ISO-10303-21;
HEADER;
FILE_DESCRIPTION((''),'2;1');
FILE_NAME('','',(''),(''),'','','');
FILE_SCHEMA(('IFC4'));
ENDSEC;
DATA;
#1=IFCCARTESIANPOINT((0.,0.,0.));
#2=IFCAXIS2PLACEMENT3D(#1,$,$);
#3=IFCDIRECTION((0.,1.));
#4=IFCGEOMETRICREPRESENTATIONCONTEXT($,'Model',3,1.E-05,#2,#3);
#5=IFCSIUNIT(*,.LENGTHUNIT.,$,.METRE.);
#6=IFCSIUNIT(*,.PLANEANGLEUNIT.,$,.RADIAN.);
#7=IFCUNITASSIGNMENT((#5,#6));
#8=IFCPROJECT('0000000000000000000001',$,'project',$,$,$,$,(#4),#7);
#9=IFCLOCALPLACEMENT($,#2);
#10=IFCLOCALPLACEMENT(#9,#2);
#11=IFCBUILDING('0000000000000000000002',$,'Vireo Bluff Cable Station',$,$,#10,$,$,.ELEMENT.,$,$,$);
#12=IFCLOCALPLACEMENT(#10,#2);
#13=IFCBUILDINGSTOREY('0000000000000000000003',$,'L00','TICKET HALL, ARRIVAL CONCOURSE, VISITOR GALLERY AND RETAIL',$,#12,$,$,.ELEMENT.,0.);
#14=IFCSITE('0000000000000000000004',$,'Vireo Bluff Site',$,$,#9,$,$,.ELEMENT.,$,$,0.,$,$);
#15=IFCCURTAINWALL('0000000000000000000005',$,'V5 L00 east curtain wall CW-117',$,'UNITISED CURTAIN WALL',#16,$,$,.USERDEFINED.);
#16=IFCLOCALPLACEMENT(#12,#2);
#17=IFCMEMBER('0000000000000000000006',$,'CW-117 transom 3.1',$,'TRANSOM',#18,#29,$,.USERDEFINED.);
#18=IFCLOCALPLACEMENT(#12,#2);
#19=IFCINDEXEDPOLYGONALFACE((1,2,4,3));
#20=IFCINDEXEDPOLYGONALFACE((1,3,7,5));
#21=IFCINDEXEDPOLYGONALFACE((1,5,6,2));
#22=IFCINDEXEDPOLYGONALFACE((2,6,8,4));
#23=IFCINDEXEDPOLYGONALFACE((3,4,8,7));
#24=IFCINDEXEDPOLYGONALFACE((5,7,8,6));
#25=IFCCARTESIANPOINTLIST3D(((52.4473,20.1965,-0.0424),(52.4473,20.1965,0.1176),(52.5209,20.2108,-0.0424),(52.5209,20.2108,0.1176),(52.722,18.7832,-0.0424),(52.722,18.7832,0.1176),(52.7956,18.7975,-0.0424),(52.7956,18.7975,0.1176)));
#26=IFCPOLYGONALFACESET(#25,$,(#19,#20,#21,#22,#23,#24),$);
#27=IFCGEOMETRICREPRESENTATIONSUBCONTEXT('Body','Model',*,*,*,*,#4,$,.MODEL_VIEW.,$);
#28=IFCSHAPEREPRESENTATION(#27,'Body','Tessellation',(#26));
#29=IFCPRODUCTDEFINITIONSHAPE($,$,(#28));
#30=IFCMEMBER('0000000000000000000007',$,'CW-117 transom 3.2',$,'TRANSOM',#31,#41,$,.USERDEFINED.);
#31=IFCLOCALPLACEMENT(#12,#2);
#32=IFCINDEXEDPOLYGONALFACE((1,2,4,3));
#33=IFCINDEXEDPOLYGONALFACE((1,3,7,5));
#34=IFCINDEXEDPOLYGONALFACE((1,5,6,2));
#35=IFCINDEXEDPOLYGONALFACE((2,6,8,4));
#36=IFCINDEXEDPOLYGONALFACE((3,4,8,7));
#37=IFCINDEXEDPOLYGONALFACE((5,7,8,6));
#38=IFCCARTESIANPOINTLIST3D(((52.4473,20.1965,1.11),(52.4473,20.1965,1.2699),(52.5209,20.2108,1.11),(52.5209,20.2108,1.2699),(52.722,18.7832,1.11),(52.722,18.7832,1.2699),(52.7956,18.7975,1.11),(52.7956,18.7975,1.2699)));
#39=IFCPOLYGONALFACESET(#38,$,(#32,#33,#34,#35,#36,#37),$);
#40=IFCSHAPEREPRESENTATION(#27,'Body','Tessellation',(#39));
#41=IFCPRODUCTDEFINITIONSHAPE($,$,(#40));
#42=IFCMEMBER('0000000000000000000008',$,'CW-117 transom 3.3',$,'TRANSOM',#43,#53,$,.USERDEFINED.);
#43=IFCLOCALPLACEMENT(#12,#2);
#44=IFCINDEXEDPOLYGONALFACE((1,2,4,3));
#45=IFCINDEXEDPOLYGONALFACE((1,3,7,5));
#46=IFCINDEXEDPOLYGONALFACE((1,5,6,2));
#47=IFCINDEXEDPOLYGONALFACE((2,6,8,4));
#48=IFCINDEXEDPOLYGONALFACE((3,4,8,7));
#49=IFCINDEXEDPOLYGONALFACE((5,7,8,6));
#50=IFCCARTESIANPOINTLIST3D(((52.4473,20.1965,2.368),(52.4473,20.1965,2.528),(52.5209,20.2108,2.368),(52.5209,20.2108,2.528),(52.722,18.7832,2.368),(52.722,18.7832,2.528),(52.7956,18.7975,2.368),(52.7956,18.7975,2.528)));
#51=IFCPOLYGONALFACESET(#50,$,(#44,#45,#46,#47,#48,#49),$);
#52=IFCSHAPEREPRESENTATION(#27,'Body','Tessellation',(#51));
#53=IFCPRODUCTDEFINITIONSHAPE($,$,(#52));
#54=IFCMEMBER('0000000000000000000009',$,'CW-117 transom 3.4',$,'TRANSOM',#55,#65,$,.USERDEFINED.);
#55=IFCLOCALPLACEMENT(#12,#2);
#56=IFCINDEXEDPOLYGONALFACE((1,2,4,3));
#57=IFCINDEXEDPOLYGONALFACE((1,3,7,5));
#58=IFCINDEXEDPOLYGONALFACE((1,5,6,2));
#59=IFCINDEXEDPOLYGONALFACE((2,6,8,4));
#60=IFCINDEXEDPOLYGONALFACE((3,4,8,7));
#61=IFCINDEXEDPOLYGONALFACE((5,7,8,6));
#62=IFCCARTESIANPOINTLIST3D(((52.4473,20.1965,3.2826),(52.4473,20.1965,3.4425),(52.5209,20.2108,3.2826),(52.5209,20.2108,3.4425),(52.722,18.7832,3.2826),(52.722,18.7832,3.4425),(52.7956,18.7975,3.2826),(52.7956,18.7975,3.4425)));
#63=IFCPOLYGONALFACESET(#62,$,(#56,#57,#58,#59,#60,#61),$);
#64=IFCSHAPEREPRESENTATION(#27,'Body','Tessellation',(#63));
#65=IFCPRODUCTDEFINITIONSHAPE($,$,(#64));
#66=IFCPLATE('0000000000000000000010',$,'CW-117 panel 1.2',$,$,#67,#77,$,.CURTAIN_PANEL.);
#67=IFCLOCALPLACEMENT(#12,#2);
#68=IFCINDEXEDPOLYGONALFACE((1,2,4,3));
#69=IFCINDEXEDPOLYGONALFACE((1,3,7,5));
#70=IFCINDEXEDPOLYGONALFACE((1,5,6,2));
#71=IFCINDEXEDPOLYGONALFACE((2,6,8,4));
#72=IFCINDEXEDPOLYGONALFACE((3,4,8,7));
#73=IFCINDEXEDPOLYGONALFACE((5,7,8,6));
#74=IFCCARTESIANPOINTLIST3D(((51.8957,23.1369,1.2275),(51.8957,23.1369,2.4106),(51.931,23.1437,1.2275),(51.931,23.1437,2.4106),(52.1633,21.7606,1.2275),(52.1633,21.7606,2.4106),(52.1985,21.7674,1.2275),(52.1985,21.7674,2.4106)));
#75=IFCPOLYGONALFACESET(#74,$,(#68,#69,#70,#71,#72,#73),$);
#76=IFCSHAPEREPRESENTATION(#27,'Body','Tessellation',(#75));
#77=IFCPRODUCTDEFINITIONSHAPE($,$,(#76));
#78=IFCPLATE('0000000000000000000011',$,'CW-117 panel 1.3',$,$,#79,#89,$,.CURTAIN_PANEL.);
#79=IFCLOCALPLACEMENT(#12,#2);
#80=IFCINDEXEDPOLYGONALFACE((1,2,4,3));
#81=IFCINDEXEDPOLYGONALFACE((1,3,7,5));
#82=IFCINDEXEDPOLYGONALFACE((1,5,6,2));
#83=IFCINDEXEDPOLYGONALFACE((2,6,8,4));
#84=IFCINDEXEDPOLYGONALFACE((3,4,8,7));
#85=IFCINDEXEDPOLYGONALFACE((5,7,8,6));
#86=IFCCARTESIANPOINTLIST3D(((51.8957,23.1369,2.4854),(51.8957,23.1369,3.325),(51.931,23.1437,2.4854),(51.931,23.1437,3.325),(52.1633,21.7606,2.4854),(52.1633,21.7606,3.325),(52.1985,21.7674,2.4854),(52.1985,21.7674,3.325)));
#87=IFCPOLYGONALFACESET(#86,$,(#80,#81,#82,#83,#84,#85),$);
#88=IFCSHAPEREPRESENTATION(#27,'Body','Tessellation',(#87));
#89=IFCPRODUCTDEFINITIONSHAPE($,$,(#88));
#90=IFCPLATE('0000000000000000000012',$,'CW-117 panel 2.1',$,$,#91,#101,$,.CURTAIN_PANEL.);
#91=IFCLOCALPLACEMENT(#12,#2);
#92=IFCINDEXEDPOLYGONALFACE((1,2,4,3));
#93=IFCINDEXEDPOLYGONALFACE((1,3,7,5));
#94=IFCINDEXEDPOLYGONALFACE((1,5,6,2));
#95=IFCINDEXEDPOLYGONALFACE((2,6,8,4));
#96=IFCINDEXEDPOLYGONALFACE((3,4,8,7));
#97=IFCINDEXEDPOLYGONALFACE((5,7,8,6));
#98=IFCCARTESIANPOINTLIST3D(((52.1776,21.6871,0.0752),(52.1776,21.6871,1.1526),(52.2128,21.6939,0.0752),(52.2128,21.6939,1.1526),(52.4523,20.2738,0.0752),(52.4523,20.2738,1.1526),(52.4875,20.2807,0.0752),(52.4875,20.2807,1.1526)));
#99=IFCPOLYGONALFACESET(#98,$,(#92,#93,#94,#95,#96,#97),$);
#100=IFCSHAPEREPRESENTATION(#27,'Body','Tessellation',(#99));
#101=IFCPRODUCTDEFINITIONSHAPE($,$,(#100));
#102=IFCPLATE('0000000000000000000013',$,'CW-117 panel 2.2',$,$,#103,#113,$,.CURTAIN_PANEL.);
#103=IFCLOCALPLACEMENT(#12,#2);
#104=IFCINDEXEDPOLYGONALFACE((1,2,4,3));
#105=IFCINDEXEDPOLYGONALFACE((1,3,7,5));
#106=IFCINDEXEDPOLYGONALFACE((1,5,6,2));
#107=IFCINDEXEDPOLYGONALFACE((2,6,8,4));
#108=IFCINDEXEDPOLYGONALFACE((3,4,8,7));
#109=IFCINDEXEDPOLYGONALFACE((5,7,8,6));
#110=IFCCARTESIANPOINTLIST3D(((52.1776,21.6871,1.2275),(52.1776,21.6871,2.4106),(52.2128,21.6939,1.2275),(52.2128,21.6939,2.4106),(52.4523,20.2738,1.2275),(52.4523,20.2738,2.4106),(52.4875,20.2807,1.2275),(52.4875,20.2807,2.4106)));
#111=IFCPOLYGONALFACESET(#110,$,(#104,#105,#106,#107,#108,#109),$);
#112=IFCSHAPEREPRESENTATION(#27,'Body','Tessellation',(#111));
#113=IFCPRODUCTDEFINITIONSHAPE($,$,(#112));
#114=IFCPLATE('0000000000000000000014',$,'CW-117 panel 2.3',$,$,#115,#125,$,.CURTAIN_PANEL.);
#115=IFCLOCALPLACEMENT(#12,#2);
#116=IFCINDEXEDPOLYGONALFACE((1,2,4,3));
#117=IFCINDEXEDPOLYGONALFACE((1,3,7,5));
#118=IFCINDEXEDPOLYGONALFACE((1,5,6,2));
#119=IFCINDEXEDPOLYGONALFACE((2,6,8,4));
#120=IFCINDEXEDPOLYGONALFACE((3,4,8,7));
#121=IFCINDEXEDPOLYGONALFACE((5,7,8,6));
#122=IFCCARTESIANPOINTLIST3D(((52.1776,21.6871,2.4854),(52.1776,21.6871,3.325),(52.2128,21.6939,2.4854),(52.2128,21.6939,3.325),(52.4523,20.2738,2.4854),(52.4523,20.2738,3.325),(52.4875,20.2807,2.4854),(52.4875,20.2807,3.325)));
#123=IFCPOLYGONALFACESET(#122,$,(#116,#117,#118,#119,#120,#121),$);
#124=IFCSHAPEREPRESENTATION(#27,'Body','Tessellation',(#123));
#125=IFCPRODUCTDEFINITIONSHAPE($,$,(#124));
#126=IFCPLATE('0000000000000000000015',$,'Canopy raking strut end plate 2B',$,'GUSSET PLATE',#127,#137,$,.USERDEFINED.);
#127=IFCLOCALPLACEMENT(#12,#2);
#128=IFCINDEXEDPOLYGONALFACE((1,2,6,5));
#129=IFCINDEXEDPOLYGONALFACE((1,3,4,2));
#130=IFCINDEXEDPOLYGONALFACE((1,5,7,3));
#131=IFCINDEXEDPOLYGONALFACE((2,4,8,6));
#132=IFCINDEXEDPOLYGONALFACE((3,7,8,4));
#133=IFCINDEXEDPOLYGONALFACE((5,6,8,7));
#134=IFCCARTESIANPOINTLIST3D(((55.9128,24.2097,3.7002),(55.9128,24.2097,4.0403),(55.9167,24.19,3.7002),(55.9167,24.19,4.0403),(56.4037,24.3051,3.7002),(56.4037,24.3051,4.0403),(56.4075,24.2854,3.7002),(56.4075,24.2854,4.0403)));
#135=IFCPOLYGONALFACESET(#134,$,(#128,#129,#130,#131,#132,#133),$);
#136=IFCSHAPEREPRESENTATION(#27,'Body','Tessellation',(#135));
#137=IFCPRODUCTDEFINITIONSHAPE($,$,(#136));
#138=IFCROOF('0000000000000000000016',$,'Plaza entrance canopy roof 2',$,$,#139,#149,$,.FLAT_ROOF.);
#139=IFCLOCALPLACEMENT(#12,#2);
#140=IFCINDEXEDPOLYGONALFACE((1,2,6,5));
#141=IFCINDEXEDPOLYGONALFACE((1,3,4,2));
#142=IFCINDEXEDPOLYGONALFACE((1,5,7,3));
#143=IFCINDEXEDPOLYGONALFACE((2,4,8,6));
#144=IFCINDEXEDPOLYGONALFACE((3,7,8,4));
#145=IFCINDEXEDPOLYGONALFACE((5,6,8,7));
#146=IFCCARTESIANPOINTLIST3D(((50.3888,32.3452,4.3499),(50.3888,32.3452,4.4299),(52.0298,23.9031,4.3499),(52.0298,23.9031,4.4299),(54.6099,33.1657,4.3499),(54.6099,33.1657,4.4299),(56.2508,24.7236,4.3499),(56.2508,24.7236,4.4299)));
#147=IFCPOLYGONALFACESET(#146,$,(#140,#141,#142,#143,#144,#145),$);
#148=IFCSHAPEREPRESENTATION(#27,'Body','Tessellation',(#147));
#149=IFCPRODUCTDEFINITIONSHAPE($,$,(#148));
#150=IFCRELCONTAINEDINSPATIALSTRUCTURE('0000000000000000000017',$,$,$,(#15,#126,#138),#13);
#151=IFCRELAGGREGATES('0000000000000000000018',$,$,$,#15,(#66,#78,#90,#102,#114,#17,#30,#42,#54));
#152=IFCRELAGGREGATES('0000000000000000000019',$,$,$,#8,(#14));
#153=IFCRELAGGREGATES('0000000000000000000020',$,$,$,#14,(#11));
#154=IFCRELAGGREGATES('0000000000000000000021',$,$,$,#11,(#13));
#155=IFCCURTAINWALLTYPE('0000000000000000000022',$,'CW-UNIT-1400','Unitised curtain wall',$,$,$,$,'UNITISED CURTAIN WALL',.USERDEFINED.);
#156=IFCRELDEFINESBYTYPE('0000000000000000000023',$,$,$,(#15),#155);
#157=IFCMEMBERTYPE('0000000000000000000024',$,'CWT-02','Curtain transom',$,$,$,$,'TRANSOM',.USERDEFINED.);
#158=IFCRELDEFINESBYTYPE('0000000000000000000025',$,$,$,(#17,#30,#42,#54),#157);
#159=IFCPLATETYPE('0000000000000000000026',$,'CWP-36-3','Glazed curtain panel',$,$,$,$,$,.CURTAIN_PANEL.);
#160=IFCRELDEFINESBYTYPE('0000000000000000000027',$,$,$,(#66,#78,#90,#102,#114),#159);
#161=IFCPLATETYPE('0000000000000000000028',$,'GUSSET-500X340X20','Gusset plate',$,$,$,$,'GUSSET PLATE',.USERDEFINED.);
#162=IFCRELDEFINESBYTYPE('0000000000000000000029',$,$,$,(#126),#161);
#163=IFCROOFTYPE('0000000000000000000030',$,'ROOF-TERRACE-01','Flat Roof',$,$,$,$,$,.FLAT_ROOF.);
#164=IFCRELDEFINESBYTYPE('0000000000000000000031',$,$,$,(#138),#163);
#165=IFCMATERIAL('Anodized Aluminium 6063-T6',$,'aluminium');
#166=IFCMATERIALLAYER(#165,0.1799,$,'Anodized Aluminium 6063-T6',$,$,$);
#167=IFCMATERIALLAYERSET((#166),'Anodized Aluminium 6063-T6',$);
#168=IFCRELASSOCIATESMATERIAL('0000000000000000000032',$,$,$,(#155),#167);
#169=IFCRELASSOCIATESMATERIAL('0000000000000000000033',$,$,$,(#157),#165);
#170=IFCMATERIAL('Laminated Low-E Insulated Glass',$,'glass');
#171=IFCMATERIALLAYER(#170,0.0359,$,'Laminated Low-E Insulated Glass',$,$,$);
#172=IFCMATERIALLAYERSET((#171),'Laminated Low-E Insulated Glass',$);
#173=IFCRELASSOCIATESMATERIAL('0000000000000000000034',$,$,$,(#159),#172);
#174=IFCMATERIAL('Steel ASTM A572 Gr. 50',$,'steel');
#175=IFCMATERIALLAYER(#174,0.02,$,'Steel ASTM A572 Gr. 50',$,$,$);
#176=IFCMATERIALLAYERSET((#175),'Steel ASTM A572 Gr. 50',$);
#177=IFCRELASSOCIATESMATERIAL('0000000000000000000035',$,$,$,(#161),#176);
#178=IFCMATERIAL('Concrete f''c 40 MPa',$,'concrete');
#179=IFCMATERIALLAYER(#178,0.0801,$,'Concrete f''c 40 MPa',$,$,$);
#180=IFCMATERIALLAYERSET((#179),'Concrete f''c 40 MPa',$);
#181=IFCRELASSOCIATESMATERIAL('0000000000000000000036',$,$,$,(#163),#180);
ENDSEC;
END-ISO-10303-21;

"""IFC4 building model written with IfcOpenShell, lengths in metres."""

from ifc_helpers import new_model, si_unit, direction, frame, origin, origin_2d, place, context, subcontext, project, spatial, rectangle, extrude, material, layer, layer_set, material_profile, profile_set, type_object, element, aggregate, save


model = new_model("IFC4")

# Units and contexts
model_context = context("Model", 3, precision=1e-05, world=origin(), true_north=direction((0.0, 1.0)))
body_context = subcontext(model_context, "Body", "Model", "MODEL_VIEW")
ifc_project = project(units=[si_unit("LENGTHUNIT", "METRE"), si_unit("PLANEANGLEUNIT", "RADIAN")], contexts=[model_context])

# Site, building, storey
site_placement = place(None, origin())
site = spatial("IfcSite", under=ifc_project, at=site_placement, Name="Vireo Bluff Site", CompositionType="ELEMENT", RefElevation=0.0)
building_placement = place(site_placement, origin())
building = spatial("IfcBuilding", under=site, at=building_placement, Name="Vireo Bluff Cable Station", CompositionType="ELEMENT")
storey_placement = place(building_placement, origin())
storey = spatial("IfcBuildingStorey", under=building, at=storey_placement, Name="L00", Description="TICKET HALL, ARRIVAL CONCOURSE, VISITOR GALLERY AND RETAIL", CompositionType="ELEMENT", Elevation=0.0)

# Shared definitions
ifc_material_1 = material(Name="Concrete f'c 40 MPa", Category="concrete")

# Curtain wall, members, plates
ifc_material_2 = material(Name="Anodized Aluminium 6063-T6", Category="aluminium")
ifc_layer_1 = layer(ifc_material_2, 0.1799, Name="Anodized Aluminium 6063-T6")
ifc_layer_set_1 = layer_set([ifc_layer_1], Name="Anodized Aluminium 6063-T6")
curtain_wall_type = type_object("IfcCurtainWallType", Name="CW-UNIT-1400", Description="Unitised curtain wall", ElementType="UNITISED CURTAIN WALL", PredefinedType="USERDEFINED", material=ifc_layer_set_1)
curtain_wall_placement = place(storey_placement, origin())
curtain_wall = element("IfcCurtainWall", 1, at=curtain_wall_placement, inside=storey, type_object=curtain_wall_type, Name="V5 L00 east curtain wall CW-117", ObjectType="UNITISED CURTAIN WALL", PredefinedType="USERDEFINED")
ifc_material_profile_1 = material_profile(ifc_material_2, rectangle(XDim=0.075, YDim=0.1599, at=origin_2d()), Name="ALU-T-75X160")
ifc_profile_set_1 = profile_set([ifc_material_profile_1], Name="Anodized Aluminium 6063-T6")
member_type_1 = type_object("IfcMemberType", Name="CWT-02", Description="Curtain transom", ElementType="TRANSOM", PredefinedType="USERDEFINED", material=ifc_profile_set_1)
member_1_placement = place(storey_placement, frame((52.4841, 20.2036, 0.0376), z_axis=(0.190765, -0.981636, 0.0), x_axis=(0.981636, 0.190765, 0.0)))
member_1 = element("IfcMember", 2, at=member_1_placement, type_object=member_type_1, Name="CW-117 transom 3.1", ObjectType="TRANSOM", PredefinedType="USERDEFINED", context=body_context, shape_type="SweptSolid", body=[
    extrude(rectangle(XDim=0.075, YDim=0.1599, at=origin_2d()), origin(), (0.0, 0.0, 1.0), 1.4397),
])
member_2_placement = place(storey_placement, frame((52.4841, 20.2036, 1.1899), z_axis=(0.190765, -0.981636, 0.0), x_axis=(0.981636, 0.190765, 0.0)))
member_2 = element("IfcMember", 3, at=member_2_placement, type_object=member_type_1, Name="CW-117 transom 3.2", ObjectType="TRANSOM", PredefinedType="USERDEFINED", context=body_context, shape_type="SweptSolid", body=[
    extrude(rectangle(XDim=0.075, YDim=0.1599, at=origin_2d()), origin(), (0.0, 0.0, 1.0), 1.4397),
])
member_3_placement = place(storey_placement, frame((52.4841, 20.2036, 2.448), z_axis=(0.190765, -0.981636, 0.0), x_axis=(0.981636, 0.190765, 0.0)))
member_3 = element("IfcMember", 4, at=member_3_placement, type_object=member_type_1, Name="CW-117 transom 3.3", ObjectType="TRANSOM", PredefinedType="USERDEFINED", context=body_context, shape_type="SweptSolid", body=[
    extrude(rectangle(XDim=0.075, YDim=0.1599, at=origin_2d()), origin(), (0.0, 0.0, 1.0), 1.4397),
])
member_4_placement = place(storey_placement, frame((52.4841, 20.2036, 3.3625), z_axis=(0.190765, -0.981636, 0.0), x_axis=(0.981636, 0.190765, 0.0)))
member_4 = element("IfcMember", 5, at=member_4_placement, type_object=member_type_1, Name="CW-117 transom 3.4", ObjectType="TRANSOM", PredefinedType="USERDEFINED", context=body_context, shape_type="SweptSolid", body=[
    extrude(rectangle(XDim=0.075, YDim=0.1599, at=origin_2d()), origin(), (0.0, 0.0, 1.0), 1.4397),
])
ifc_material_3 = material(Name="Laminated Low-E Insulated Glass", Category="glass")
ifc_layer_2 = layer(ifc_material_3, 0.0359, Name="Laminated Low-E Insulated Glass")
ifc_layer_set_2 = layer_set([ifc_layer_2], Name="Laminated Low-E Insulated Glass")
plate_type_1 = type_object("IfcPlateType", Name="CWP-36-3", Description="Glazed curtain panel", PredefinedType="CURTAIN_PANEL", material=ifc_layer_set_2)
plate_1_placement = place(storey_placement, frame((52.0471, 22.4521, 1.2275), z_axis=(0.0, 0.0, 1.0), x_axis=(0.190809, -0.981627, 0.0)))
plate_1 = element("IfcPlate", 6, at=plate_1_placement, type_object=plate_type_1, Name="CW-117 panel 1.2", PredefinedType="CURTAIN_PANEL", context=body_context, shape_type="SweptSolid", body=[
    extrude(rectangle(XDim=1.4021, YDim=0.0359, at=origin_2d()), origin(), (0.0, 0.0, 1.0), 1.1831),
])
plate_2_placement = place(storey_placement, frame((52.0471, 22.4521, 2.4854), z_axis=(0.0, 0.0, 1.0), x_axis=(0.190809, -0.981627, 0.0)))
plate_2 = element("IfcPlate", 7, at=plate_2_placement, type_object=plate_type_1, Name="CW-117 panel 1.3", PredefinedType="CURTAIN_PANEL", context=body_context, shape_type="SweptSolid", body=[
    extrude(rectangle(XDim=1.4021, YDim=0.0359, at=origin_2d()), origin(), (0.0, 0.0, 1.0), 0.8396),
])
plate_3_placement = place(storey_placement, frame((52.3325, 20.9839, 0.0752), z_axis=(0.0, 0.0, 1.0), x_axis=(0.190809, -0.981627, 0.0)))
plate_3 = element("IfcPlate", 8, at=plate_3_placement, type_object=plate_type_1, Name="CW-117 panel 2.1", PredefinedType="CURTAIN_PANEL", context=body_context, shape_type="SweptSolid", body=[
    extrude(rectangle(XDim=1.4397, YDim=0.0359, at=origin_2d()), origin(), (0.0, 0.0, 1.0), 1.0774),
])
plate_4_placement = place(storey_placement, frame((52.3325, 20.9839, 1.2275), z_axis=(0.0, 0.0, 1.0), x_axis=(0.190809, -0.981627, 0.0)))
plate_4 = element("IfcPlate", 9, at=plate_4_placement, type_object=plate_type_1, Name="CW-117 panel 2.2", PredefinedType="CURTAIN_PANEL", context=body_context, shape_type="SweptSolid", body=[
    extrude(rectangle(XDim=1.4397, YDim=0.0359, at=origin_2d()), origin(), (0.0, 0.0, 1.0), 1.1831),
])
plate_5_placement = place(storey_placement, frame((52.3325, 20.9839, 2.4854), z_axis=(0.0, 0.0, 1.0), x_axis=(0.190809, -0.981627, 0.0)))
plate_5 = element("IfcPlate", 10, at=plate_5_placement, type_object=plate_type_1, Name="CW-117 panel 2.3", PredefinedType="CURTAIN_PANEL", context=body_context, shape_type="SweptSolid", body=[
    extrude(rectangle(XDim=1.4397, YDim=0.0359, at=origin_2d()), origin(), (0.0, 0.0, 1.0), 0.8396),
])
aggregate(curtain_wall, [plate_1, plate_2, plate_3, plate_4, plate_5, member_1, member_2, member_3, member_4])

# Plate
ifc_material_4 = material(Name="Steel ASTM A572 Gr. 50", Category="steel")
ifc_layer_3 = layer(ifc_material_4, 0.02, Name="Steel ASTM A572 Gr. 50")
ifc_layer_set_3 = layer_set([ifc_layer_3], Name="Steel ASTM A572 Gr. 50")
plate_type_2 = type_object("IfcPlateType", Name="GUSSET-500X340X20", Description="Gusset plate", ElementType="GUSSET PLATE", PredefinedType="USERDEFINED", material=ifc_layer_set_3)
plate_6_placement = place(storey_placement, frame((56.1602, 24.2476, 3.7002), z_axis=(0.0, 0.0, 1.0), x_axis=(0.981627, 0.190809, 0.0)))
element("IfcPlate", 11, at=plate_6_placement, inside=storey, type_object=plate_type_2, Name="Canopy raking strut end plate 2B", ObjectType="GUSSET PLATE", PredefinedType="USERDEFINED", context=body_context, shape_type="SweptSolid", body=[
    extrude(rectangle(XDim=0.5, YDim=0.02, at=origin_2d()), origin(), (0.0, 0.0, 1.0), 0.3401),
])

# Roof
ifc_layer_4 = layer(ifc_material_1, 0.0801, Name="Concrete f'c 40 MPa")
ifc_layer_set_4 = layer_set([ifc_layer_4], Name="Concrete f'c 40 MPa")
roof_type = type_object("IfcRoofType", Name="ROOF-TERRACE-01", Description="Flat Roof", PredefinedType="FLAT_ROOF", material=ifc_layer_set_4)
roof_placement = place(storey_placement, frame((53.3198, 28.5344, 4.3499), z_axis=(0.0, 0.0, 1.0), x_axis=(0.981627, 0.190809, 0.0)))
element("IfcRoof", 12, at=roof_placement, inside=storey, type_object=roof_type, Name="Plaza entrance canopy roof 2", PredefinedType="FLAT_ROOF", context=body_context, shape_type="SweptSolid", body=[
    extrude(rectangle(XDim=4.3, YDim=8.6001, at=origin_2d()), origin(), (0.0, 0.0, 1.0), 0.0801),
])

save(model, "model.ifc")
